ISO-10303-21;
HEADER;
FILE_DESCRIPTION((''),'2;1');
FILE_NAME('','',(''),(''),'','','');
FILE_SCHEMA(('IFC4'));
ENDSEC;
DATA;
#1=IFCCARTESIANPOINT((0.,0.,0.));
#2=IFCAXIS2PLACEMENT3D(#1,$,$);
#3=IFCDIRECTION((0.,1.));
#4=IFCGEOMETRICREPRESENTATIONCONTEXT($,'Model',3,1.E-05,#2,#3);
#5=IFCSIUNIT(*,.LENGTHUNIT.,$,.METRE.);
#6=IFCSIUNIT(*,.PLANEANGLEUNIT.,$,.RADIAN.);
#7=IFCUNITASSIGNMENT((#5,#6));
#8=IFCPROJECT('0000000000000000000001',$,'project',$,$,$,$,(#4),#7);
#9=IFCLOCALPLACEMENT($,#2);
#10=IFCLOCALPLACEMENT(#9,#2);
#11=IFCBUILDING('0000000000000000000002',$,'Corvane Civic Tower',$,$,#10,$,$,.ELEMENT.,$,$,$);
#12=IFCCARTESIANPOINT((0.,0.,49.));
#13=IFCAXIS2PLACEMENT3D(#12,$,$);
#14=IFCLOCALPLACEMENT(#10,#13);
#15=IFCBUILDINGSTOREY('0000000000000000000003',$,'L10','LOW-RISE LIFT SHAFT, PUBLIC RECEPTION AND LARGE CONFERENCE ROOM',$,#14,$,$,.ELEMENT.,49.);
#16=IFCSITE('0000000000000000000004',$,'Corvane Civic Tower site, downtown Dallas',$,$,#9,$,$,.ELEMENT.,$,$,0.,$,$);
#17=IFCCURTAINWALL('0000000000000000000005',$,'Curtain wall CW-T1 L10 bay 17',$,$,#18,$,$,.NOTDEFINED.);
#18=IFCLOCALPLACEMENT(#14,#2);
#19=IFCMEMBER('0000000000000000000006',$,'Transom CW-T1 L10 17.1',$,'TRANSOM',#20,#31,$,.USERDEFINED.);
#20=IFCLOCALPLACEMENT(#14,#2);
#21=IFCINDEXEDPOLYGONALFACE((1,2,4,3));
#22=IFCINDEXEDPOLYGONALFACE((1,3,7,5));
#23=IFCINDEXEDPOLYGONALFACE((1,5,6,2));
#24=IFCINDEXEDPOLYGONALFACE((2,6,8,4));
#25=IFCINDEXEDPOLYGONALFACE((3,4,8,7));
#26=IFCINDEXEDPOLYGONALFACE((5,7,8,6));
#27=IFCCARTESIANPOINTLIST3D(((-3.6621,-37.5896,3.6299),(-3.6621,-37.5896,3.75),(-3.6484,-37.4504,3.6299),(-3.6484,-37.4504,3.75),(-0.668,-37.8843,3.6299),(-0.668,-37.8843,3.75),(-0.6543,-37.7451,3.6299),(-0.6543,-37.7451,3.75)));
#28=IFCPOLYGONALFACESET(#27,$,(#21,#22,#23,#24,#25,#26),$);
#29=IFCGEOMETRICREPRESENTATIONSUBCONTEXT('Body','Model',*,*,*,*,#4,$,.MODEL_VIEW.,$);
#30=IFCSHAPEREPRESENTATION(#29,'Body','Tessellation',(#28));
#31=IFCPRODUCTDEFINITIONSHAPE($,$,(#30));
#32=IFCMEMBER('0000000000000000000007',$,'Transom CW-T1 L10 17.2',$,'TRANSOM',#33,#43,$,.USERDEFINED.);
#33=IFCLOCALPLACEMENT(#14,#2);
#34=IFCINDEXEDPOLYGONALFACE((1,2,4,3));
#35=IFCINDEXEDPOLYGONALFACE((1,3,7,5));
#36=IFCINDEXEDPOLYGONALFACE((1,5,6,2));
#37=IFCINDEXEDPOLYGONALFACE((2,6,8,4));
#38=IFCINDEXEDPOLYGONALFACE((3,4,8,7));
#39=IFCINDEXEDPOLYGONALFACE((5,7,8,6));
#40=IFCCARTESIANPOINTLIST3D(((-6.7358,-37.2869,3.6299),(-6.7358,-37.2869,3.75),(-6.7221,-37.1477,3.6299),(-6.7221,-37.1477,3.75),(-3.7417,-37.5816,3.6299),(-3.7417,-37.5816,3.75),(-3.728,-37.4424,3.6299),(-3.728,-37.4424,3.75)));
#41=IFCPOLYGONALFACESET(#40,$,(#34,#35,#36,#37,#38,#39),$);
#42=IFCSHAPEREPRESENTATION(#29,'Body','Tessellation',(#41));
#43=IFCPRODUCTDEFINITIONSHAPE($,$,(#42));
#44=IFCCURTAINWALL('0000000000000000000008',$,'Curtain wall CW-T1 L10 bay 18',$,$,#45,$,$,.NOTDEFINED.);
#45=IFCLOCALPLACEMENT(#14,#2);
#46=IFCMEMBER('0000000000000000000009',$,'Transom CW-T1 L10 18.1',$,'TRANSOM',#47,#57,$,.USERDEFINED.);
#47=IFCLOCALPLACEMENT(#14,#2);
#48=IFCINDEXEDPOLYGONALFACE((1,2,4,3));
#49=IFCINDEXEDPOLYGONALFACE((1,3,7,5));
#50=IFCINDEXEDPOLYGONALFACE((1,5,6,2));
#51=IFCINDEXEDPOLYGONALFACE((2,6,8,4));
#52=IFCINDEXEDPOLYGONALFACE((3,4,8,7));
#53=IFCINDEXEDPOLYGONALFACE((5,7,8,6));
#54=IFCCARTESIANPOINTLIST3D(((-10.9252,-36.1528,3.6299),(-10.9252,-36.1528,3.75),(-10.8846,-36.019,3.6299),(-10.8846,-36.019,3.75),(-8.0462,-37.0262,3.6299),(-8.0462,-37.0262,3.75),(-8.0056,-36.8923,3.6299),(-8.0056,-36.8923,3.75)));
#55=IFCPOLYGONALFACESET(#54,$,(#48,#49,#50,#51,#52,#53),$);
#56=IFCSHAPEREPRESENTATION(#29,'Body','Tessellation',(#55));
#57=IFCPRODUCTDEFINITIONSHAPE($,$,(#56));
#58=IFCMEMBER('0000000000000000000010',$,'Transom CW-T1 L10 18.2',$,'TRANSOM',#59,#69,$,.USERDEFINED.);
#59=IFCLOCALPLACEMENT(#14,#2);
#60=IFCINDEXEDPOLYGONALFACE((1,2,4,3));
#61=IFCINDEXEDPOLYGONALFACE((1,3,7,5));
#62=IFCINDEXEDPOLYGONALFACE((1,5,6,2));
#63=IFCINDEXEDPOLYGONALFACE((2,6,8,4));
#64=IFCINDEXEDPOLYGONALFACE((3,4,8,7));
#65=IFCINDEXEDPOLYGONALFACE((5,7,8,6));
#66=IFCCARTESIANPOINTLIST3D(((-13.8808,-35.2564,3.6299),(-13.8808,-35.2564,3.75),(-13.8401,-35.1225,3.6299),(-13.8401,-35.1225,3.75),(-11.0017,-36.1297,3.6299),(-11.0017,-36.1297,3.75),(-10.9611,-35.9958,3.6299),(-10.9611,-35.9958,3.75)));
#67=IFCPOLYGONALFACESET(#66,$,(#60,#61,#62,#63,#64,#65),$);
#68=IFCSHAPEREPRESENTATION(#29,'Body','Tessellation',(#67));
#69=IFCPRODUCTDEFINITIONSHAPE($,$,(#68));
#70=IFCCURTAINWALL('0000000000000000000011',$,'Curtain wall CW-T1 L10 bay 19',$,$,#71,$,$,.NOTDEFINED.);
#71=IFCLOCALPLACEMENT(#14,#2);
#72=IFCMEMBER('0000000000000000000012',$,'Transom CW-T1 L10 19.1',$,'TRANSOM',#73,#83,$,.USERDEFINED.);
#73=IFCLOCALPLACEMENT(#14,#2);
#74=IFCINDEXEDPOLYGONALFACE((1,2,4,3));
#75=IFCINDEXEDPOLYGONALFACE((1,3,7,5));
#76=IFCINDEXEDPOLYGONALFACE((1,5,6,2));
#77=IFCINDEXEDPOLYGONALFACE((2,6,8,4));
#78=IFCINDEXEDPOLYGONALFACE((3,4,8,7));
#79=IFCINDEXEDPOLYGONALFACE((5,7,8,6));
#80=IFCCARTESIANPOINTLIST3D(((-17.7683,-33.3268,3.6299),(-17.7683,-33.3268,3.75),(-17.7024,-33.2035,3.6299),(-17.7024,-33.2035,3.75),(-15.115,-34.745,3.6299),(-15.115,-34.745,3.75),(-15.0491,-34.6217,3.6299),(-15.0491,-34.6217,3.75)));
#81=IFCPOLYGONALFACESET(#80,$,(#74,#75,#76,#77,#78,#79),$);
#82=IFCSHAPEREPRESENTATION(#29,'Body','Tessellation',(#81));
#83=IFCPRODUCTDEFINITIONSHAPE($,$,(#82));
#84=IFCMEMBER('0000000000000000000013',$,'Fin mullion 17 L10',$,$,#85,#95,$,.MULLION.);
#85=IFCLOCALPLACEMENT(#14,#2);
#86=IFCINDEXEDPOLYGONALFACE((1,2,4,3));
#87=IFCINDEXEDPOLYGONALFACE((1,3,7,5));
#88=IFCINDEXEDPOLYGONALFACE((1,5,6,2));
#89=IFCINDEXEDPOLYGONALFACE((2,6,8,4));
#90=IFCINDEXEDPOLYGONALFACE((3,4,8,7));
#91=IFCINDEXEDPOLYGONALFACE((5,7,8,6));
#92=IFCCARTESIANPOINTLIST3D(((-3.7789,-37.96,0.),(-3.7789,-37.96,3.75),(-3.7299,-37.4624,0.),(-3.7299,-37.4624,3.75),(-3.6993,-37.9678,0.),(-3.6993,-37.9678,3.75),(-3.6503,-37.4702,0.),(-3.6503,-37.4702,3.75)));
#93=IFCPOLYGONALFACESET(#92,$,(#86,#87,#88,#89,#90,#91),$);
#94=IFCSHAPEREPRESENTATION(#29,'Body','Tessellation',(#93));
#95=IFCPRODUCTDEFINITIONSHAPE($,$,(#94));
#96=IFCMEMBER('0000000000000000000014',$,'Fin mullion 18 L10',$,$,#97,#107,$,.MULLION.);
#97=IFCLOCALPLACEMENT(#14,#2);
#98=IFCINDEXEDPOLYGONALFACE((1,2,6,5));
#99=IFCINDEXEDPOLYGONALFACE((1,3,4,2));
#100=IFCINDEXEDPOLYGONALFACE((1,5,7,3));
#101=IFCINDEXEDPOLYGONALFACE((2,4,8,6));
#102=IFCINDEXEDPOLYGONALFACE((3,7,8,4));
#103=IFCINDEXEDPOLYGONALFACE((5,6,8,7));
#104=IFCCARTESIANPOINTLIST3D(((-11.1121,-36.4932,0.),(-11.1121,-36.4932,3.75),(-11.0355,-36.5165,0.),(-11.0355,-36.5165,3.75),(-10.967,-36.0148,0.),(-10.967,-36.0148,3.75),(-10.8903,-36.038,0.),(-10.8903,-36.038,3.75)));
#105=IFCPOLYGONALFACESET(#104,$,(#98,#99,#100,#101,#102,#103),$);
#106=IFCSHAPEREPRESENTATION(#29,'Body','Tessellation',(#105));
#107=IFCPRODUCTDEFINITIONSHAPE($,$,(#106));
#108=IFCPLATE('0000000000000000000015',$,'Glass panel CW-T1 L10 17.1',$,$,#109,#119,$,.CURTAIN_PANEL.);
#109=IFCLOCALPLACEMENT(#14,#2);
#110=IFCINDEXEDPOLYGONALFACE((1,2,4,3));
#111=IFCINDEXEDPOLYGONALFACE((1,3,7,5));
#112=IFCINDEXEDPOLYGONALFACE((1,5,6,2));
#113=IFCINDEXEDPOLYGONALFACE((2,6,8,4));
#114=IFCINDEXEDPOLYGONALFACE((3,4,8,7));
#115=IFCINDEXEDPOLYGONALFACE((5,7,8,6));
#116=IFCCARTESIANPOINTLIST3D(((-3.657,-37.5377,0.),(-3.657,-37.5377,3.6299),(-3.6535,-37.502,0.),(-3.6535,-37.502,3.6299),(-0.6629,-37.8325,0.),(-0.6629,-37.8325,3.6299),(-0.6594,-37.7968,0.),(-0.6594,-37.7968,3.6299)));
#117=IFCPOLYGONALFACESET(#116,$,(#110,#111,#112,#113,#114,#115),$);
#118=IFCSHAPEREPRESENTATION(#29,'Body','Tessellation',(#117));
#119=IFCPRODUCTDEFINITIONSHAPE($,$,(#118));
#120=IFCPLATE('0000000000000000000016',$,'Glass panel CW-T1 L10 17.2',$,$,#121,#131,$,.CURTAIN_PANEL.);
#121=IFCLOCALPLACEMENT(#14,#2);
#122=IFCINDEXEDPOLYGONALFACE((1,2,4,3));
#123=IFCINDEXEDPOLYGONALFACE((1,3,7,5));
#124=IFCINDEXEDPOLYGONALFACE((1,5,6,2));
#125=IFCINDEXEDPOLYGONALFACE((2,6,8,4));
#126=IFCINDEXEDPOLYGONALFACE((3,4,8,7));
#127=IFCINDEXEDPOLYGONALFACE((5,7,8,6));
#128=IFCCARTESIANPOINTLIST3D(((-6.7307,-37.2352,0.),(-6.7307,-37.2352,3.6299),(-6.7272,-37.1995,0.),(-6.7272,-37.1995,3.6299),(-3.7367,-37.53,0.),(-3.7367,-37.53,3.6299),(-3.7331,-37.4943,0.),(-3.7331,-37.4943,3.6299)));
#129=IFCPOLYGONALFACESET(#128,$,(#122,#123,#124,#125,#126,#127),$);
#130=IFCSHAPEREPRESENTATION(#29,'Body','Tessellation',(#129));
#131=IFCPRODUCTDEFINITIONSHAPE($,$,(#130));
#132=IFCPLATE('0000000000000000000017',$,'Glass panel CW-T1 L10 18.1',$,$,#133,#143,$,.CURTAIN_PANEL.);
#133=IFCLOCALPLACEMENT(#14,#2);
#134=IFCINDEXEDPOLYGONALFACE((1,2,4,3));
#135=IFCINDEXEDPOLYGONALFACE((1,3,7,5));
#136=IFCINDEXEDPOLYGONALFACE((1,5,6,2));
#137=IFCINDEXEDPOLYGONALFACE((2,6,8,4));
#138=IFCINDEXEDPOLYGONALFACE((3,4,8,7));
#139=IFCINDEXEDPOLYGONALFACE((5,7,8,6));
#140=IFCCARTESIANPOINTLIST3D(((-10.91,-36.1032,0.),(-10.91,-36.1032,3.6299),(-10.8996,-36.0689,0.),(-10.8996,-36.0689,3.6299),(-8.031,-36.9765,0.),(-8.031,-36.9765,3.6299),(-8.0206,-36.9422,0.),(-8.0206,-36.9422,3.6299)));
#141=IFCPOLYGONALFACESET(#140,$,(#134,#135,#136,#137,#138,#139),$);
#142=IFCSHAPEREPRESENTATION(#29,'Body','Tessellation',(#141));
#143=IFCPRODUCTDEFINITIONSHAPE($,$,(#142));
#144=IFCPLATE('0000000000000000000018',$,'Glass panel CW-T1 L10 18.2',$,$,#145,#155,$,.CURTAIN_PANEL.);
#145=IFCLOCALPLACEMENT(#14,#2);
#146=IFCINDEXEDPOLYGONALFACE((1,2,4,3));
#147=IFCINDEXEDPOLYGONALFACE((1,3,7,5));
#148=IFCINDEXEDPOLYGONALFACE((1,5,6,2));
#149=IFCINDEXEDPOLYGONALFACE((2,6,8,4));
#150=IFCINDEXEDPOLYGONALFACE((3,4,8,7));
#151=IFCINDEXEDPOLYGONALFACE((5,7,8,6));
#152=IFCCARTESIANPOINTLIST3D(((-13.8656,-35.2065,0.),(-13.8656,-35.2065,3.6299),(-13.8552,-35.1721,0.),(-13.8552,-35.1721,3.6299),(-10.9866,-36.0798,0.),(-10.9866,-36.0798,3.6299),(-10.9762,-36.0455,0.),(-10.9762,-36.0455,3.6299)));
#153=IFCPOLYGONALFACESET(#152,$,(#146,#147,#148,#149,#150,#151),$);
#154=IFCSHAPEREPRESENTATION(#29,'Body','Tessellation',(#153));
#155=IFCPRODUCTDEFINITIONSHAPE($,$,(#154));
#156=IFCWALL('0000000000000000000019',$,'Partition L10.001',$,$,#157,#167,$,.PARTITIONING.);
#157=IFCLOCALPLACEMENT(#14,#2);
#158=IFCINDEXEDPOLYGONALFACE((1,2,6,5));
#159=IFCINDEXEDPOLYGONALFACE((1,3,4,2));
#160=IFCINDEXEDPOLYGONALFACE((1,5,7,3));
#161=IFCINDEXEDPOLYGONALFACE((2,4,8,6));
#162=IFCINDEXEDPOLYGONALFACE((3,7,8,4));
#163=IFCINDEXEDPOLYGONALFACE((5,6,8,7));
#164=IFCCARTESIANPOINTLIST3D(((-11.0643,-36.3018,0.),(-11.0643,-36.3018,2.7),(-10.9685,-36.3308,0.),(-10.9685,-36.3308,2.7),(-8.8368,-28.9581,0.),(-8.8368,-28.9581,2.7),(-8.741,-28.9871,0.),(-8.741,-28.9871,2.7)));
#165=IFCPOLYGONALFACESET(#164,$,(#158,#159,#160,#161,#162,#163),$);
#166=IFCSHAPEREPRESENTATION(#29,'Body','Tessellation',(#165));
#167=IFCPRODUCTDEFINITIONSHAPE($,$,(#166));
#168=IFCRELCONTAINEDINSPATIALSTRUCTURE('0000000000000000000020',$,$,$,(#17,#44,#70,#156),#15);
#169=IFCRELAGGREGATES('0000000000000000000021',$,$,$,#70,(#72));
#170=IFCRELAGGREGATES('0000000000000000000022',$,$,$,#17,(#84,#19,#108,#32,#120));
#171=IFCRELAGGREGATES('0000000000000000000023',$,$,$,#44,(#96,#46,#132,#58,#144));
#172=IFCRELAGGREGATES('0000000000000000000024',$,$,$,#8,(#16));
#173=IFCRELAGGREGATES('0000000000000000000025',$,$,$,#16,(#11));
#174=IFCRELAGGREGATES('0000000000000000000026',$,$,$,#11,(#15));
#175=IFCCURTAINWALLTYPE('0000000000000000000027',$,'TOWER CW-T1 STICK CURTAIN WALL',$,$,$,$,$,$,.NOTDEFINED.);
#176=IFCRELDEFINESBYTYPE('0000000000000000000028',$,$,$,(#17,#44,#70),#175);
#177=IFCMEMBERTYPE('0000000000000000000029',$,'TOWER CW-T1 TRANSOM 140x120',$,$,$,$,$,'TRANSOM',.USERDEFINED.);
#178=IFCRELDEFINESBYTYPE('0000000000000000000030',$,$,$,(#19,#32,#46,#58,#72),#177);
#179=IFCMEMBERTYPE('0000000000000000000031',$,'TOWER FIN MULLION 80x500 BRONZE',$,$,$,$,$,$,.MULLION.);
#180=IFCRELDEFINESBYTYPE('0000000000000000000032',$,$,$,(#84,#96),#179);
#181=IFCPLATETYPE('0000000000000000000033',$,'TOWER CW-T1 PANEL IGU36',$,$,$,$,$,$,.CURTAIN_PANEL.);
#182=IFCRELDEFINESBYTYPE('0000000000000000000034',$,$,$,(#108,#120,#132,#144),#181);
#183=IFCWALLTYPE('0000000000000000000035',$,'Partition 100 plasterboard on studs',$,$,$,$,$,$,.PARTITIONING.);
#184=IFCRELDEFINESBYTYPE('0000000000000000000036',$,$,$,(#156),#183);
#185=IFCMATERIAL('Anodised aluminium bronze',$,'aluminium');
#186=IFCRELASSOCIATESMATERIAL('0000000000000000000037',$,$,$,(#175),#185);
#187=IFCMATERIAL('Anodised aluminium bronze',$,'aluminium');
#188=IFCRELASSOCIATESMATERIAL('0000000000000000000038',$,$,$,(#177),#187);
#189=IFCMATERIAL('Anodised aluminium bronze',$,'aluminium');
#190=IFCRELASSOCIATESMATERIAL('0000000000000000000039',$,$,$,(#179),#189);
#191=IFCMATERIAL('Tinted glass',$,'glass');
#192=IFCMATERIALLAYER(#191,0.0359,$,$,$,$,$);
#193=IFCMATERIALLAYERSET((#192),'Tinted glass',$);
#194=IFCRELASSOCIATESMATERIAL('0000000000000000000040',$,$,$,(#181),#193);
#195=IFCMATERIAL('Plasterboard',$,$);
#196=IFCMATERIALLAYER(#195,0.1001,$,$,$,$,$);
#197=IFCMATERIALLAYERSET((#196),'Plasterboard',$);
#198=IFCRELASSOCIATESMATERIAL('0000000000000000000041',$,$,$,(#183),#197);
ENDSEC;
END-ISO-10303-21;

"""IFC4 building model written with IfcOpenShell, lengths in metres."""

from ifc_helpers import new_model, si_unit, direction, frame, frame_2d, origin, origin_2d, place, context, subcontext, project, spatial, rectangle, extrude, material, layer, layer_set, material_profile, profile_set, type_object, element, aggregate, save


model = new_model("IFC4")

# Units and contexts
model_context = context("Model", 3, precision=1e-05, world=origin(), true_north=direction((0.0, 1.0)))
body_context = subcontext(model_context, "Body", "Model", "MODEL_VIEW")
ifc_project = project(units=[si_unit("LENGTHUNIT", "METRE"), si_unit("PLANEANGLEUNIT", "RADIAN")], contexts=[model_context])

# Site, building, storey
site_placement = place(None, origin())
site = spatial("IfcSite", under=ifc_project, at=site_placement, Name="Corvane Civic Tower site, downtown Dallas", CompositionType="ELEMENT", RefElevation=0.0)
building_placement = place(site_placement, origin())
building = spatial("IfcBuilding", under=site, at=building_placement, Name="Corvane Civic Tower", CompositionType="ELEMENT")
storey_placement = place(building_placement, frame((0.0, 0.0, 49.0)))
storey = spatial("IfcBuildingStorey", under=building, at=storey_placement, Name="L10", Description="LOW-RISE LIFT SHAFT, PUBLIC RECEPTION AND LARGE CONFERENCE ROOM", CompositionType="ELEMENT", Elevation=49.0)

# Curtain walls, members
ifc_material_1 = material(Name="Anodised aluminium bronze", Category="aluminium")
curtain_wall_type = type_object("IfcCurtainWallType", Name="TOWER CW-T1 STICK CURTAIN WALL", PredefinedType="NOTDEFINED", material=ifc_material_1)
curtain_wall_1_placement = place(storey_placement, origin())
curtain_wall_1 = element("IfcCurtainWall", 1, at=curtain_wall_1_placement, inside=storey, type_object=curtain_wall_type, Name="Curtain wall CW-T1 L10 bay 17", PredefinedType="NOTDEFINED")
ifc_material_2 = material(Name="Anodised aluminium bronze", Category="aluminium")
ifc_material_profile_1 = material_profile(ifc_material_2, rectangle(XDim=0.1399, YDim=0.1201, at=origin_2d()), Name="TOWER CW-T1 TRANSOM 140x120")
ifc_profile_set_1 = profile_set([ifc_material_profile_1], Name="Anodised aluminium bronze")
member_type_1 = type_object("IfcMemberType", Name="TOWER CW-T1 TRANSOM 140x120", ElementType="TRANSOM", PredefinedType="USERDEFINED", material=ifc_profile_set_1)
member_1_placement = place(storey_placement, frame((-0.6611, -37.8147, 3.6899), z_axis=(-0.995192, 0.097945, 0.0), x_axis=(-0.097945, -0.995192, 0.0)))
member_1 = element("IfcMember", 2, at=member_1_placement, type_object=member_type_1, Name="Transom CW-T1 L10 17.1", ObjectType="TRANSOM", PredefinedType="USERDEFINED", context=body_context, shape_type="SweptSolid", body=[
    extrude(rectangle(XDim=0.1399, YDim=0.1201, at=origin_2d()), origin(), (0.0, 0.0, 1.0), 3.0085),
])
member_2_placement = place(storey_placement, frame((-3.7349, -37.512, 3.6899), z_axis=(-0.995192, 0.097945, 0.0), x_axis=(-0.097945, -0.995192, 0.0)))
member_2 = element("IfcMember", 3, at=member_2_placement, type_object=member_type_1, Name="Transom CW-T1 L10 17.2", ObjectType="TRANSOM", PredefinedType="USERDEFINED", context=body_context, shape_type="SweptSolid", body=[
    extrude(rectangle(XDim=0.1399, YDim=0.1201, at=origin_2d()), origin(), (0.0, 0.0, 1.0), 3.0085),
])
curtain_wall_2_placement = place(storey_placement, origin())
curtain_wall_2 = element("IfcCurtainWall", 4, at=curtain_wall_2_placement, inside=storey, type_object=curtain_wall_type, Name="Curtain wall CW-T1 L10 bay 18", PredefinedType="NOTDEFINED")
member_3_placement = place(storey_placement, frame((-8.0259, -36.9592, 3.6899), z_axis=(-0.956942, 0.29028, 0.0), x_axis=(-0.29028, -0.956942, 0.0)))
member_3 = element("IfcMember", 5, at=member_3_placement, type_object=member_type_1, Name="Transom CW-T1 L10 18.1", ObjectType="TRANSOM", PredefinedType="USERDEFINED", context=body_context, shape_type="SweptSolid", body=[
    extrude(rectangle(XDim=0.1399, YDim=0.1201, at=origin_2d()), origin(), (0.0, 0.0, 1.0), 3.0085),
])
member_4_placement = place(storey_placement, frame((-10.9814, -36.0627, 3.6899), z_axis=(-0.956942, 0.29028, 0.0), x_axis=(-0.29028, -0.956942, 0.0)))
member_4 = element("IfcMember", 6, at=member_4_placement, type_object=member_type_1, Name="Transom CW-T1 L10 18.2", ObjectType="TRANSOM", PredefinedType="USERDEFINED", context=body_context, shape_type="SweptSolid", body=[
    extrude(rectangle(XDim=0.1399, YDim=0.1201, at=origin_2d()), origin(), (0.0, 0.0, 1.0), 3.0085),
])

# Curtain wall, member
curtain_wall_3_placement = place(storey_placement, origin())
curtain_wall_3 = element("IfcCurtainWall", 7, at=curtain_wall_3_placement, inside=storey, type_object=curtain_wall_type, Name="Curtain wall CW-T1 L10 bay 19", PredefinedType="NOTDEFINED")
member_5_placement = place(storey_placement, frame((-15.082, -34.6833, 3.6899), z_axis=(-0.881924, 0.471393, 0.0), x_axis=(-0.471393, -0.881924, 0.0)))
member_5 = element("IfcMember", 8, at=member_5_placement, type_object=member_type_1, Name="Transom CW-T1 L10 19.1", ObjectType="TRANSOM", PredefinedType="USERDEFINED", context=body_context, shape_type="SweptSolid", body=[
    extrude(rectangle(XDim=0.1399, YDim=0.1201, at=origin_2d()), origin(), (0.0, 0.0, 1.0), 3.0085),
])
aggregate(curtain_wall_3, [member_5])

# Members
ifc_material_3 = material(Name="Anodised aluminium bronze", Category="aluminium")
ifc_material_profile_2 = material_profile(ifc_material_3, rectangle(XDim=0.0801, YDim=0.5, at=origin_2d()), Name="TOWER FIN MULLION 80x500 BRONZE")
ifc_profile_set_2 = profile_set([ifc_material_profile_2], Name="Anodised aluminium bronze")
member_type_2 = type_object("IfcMemberType", Name="TOWER FIN MULLION 80x500 BRONZE", PredefinedType="MULLION", material=ifc_profile_set_2)
member_6_placement = place(storey_placement, frame((-3.7146, -37.7151, 0.0), z_axis=(0.0, 0.0, 1.0), x_axis=(-0.995186, 0.098006, 0.0)))
member_6 = element("IfcMember", 9, at=member_6_placement, type_object=member_type_2, Name="Fin mullion 17 L10", PredefinedType="MULLION", context=body_context, shape_type="SweptSolid", body=[
    extrude(rectangle(XDim=0.0801, YDim=0.5, at=origin_2d()), origin(), (0.0, 0.0, 1.0), 3.75),
])
member_7_placement = place(storey_placement, frame((-11.0012, -36.2656, 0.0), z_axis=(0.0, 0.0, 1.0), x_axis=(-0.956942, 0.290278, 0.0)))
member_7 = element("IfcMember", 10, at=member_7_placement, type_object=member_type_2, Name="Fin mullion 18 L10", PredefinedType="MULLION", context=body_context, shape_type="SweptSolid", body=[
    extrude(rectangle(XDim=0.0801, YDim=0.5, at=origin_2d()), origin(), (0.0, 0.0, 1.0), 3.75),
])

# Plates
ifc_material_4 = material(Name="Tinted glass", Category="glass")
ifc_layer_1 = layer(ifc_material_4, 0.0359)
ifc_layer_set_1 = layer_set([ifc_layer_1], Name="Tinted glass")
plate_type = type_object("IfcPlateType", Name="TOWER CW-T1 PANEL IGU36", PredefinedType="CURTAIN_PANEL", material=ifc_layer_set_1)
plate_1_placement = place(storey_placement, frame((-2.1582, -37.6672, 0.0), z_axis=(0.0, 0.0, 1.0), x_axis=(-0.995186, 0.098006, 0.0)))
plate_1 = element("IfcPlate", 11, at=plate_1_placement, type_object=plate_type, Name="Glass panel CW-T1 L10 17.1", PredefinedType="CURTAIN_PANEL", context=body_context, shape_type="SweptSolid", body=[
    extrude(rectangle(XDim=3.0085, YDim=0.0359, at=origin_2d()), origin(), (0.0, 0.0, 1.0), 3.6299),
])
plate_2_placement = place(storey_placement, frame((-5.2319, -37.3647, 0.0), z_axis=(0.0, 0.0, 1.0), x_axis=(-0.995186, 0.098006, 0.0)))
plate_2 = element("IfcPlate", 12, at=plate_2_placement, type_object=plate_type, Name="Glass panel CW-T1 L10 17.2", PredefinedType="CURTAIN_PANEL", context=body_context, shape_type="SweptSolid", body=[
    extrude(rectangle(XDim=3.0085, YDim=0.0359, at=origin_2d()), origin(), (0.0, 0.0, 1.0), 3.6299),
])
aggregate(curtain_wall_1, [member_6, member_1, plate_1, member_2, plate_2])
plate_3_placement = place(storey_placement, frame((-9.4653, -36.5227, 0.0), z_axis=(0.0, 0.0, 1.0), x_axis=(-0.956942, 0.290278, 0.0)))
plate_3 = element("IfcPlate", 13, at=plate_3_placement, type_object=plate_type, Name="Glass panel CW-T1 L10 18.1", PredefinedType="CURTAIN_PANEL", context=body_context, shape_type="SweptSolid", body=[
    extrude(rectangle(XDim=3.0085, YDim=0.0359, at=origin_2d()), origin(), (0.0, 0.0, 1.0), 3.6299),
])
plate_4_placement = place(storey_placement, frame((-12.4209, -35.626, 0.0), z_axis=(0.0, 0.0, 1.0), x_axis=(-0.956942, 0.290278, 0.0)))
plate_4 = element("IfcPlate", 14, at=plate_4_placement, type_object=plate_type, Name="Glass panel CW-T1 L10 18.2", PredefinedType="CURTAIN_PANEL", context=body_context, shape_type="SweptSolid", body=[
    extrude(rectangle(XDim=3.0085, YDim=0.0359, at=origin_2d()), origin(), (0.0, 0.0, 1.0), 3.6299),
])
aggregate(curtain_wall_2, [member_7, member_3, plate_3, member_4, plate_4])

# Wall
ifc_material_5 = material(Name="Plasterboard")
ifc_layer_2 = layer(ifc_material_5, 0.1001)
ifc_layer_set_2 = layer_set([ifc_layer_2], Name="Plasterboard")
wall_type = type_object("IfcWallType", Name="Partition 100 plasterboard on studs", PredefinedType="PARTITIONING", material=ifc_layer_set_2)
wall_1_placement = place(storey_placement, frame((-11.0164, -36.3162, 0.0), z_axis=(0.0, 0.0, 1.0), x_axis=(0.290265, 0.956946, 0.0)))
element("IfcWall", 15, at=wall_1_placement, inside=storey, type_object=wall_type, Name="Partition L10.001", PredefinedType="PARTITIONING", context=body_context, shape_type="SweptSolid", body=[
    extrude(rectangle(XDim=7.6741, YDim=0.1001, at=frame_2d((3.8369, 0.0))), origin(), (0.0, 0.0, 1.0), 2.7),
])

save(model, "model.ifc")
